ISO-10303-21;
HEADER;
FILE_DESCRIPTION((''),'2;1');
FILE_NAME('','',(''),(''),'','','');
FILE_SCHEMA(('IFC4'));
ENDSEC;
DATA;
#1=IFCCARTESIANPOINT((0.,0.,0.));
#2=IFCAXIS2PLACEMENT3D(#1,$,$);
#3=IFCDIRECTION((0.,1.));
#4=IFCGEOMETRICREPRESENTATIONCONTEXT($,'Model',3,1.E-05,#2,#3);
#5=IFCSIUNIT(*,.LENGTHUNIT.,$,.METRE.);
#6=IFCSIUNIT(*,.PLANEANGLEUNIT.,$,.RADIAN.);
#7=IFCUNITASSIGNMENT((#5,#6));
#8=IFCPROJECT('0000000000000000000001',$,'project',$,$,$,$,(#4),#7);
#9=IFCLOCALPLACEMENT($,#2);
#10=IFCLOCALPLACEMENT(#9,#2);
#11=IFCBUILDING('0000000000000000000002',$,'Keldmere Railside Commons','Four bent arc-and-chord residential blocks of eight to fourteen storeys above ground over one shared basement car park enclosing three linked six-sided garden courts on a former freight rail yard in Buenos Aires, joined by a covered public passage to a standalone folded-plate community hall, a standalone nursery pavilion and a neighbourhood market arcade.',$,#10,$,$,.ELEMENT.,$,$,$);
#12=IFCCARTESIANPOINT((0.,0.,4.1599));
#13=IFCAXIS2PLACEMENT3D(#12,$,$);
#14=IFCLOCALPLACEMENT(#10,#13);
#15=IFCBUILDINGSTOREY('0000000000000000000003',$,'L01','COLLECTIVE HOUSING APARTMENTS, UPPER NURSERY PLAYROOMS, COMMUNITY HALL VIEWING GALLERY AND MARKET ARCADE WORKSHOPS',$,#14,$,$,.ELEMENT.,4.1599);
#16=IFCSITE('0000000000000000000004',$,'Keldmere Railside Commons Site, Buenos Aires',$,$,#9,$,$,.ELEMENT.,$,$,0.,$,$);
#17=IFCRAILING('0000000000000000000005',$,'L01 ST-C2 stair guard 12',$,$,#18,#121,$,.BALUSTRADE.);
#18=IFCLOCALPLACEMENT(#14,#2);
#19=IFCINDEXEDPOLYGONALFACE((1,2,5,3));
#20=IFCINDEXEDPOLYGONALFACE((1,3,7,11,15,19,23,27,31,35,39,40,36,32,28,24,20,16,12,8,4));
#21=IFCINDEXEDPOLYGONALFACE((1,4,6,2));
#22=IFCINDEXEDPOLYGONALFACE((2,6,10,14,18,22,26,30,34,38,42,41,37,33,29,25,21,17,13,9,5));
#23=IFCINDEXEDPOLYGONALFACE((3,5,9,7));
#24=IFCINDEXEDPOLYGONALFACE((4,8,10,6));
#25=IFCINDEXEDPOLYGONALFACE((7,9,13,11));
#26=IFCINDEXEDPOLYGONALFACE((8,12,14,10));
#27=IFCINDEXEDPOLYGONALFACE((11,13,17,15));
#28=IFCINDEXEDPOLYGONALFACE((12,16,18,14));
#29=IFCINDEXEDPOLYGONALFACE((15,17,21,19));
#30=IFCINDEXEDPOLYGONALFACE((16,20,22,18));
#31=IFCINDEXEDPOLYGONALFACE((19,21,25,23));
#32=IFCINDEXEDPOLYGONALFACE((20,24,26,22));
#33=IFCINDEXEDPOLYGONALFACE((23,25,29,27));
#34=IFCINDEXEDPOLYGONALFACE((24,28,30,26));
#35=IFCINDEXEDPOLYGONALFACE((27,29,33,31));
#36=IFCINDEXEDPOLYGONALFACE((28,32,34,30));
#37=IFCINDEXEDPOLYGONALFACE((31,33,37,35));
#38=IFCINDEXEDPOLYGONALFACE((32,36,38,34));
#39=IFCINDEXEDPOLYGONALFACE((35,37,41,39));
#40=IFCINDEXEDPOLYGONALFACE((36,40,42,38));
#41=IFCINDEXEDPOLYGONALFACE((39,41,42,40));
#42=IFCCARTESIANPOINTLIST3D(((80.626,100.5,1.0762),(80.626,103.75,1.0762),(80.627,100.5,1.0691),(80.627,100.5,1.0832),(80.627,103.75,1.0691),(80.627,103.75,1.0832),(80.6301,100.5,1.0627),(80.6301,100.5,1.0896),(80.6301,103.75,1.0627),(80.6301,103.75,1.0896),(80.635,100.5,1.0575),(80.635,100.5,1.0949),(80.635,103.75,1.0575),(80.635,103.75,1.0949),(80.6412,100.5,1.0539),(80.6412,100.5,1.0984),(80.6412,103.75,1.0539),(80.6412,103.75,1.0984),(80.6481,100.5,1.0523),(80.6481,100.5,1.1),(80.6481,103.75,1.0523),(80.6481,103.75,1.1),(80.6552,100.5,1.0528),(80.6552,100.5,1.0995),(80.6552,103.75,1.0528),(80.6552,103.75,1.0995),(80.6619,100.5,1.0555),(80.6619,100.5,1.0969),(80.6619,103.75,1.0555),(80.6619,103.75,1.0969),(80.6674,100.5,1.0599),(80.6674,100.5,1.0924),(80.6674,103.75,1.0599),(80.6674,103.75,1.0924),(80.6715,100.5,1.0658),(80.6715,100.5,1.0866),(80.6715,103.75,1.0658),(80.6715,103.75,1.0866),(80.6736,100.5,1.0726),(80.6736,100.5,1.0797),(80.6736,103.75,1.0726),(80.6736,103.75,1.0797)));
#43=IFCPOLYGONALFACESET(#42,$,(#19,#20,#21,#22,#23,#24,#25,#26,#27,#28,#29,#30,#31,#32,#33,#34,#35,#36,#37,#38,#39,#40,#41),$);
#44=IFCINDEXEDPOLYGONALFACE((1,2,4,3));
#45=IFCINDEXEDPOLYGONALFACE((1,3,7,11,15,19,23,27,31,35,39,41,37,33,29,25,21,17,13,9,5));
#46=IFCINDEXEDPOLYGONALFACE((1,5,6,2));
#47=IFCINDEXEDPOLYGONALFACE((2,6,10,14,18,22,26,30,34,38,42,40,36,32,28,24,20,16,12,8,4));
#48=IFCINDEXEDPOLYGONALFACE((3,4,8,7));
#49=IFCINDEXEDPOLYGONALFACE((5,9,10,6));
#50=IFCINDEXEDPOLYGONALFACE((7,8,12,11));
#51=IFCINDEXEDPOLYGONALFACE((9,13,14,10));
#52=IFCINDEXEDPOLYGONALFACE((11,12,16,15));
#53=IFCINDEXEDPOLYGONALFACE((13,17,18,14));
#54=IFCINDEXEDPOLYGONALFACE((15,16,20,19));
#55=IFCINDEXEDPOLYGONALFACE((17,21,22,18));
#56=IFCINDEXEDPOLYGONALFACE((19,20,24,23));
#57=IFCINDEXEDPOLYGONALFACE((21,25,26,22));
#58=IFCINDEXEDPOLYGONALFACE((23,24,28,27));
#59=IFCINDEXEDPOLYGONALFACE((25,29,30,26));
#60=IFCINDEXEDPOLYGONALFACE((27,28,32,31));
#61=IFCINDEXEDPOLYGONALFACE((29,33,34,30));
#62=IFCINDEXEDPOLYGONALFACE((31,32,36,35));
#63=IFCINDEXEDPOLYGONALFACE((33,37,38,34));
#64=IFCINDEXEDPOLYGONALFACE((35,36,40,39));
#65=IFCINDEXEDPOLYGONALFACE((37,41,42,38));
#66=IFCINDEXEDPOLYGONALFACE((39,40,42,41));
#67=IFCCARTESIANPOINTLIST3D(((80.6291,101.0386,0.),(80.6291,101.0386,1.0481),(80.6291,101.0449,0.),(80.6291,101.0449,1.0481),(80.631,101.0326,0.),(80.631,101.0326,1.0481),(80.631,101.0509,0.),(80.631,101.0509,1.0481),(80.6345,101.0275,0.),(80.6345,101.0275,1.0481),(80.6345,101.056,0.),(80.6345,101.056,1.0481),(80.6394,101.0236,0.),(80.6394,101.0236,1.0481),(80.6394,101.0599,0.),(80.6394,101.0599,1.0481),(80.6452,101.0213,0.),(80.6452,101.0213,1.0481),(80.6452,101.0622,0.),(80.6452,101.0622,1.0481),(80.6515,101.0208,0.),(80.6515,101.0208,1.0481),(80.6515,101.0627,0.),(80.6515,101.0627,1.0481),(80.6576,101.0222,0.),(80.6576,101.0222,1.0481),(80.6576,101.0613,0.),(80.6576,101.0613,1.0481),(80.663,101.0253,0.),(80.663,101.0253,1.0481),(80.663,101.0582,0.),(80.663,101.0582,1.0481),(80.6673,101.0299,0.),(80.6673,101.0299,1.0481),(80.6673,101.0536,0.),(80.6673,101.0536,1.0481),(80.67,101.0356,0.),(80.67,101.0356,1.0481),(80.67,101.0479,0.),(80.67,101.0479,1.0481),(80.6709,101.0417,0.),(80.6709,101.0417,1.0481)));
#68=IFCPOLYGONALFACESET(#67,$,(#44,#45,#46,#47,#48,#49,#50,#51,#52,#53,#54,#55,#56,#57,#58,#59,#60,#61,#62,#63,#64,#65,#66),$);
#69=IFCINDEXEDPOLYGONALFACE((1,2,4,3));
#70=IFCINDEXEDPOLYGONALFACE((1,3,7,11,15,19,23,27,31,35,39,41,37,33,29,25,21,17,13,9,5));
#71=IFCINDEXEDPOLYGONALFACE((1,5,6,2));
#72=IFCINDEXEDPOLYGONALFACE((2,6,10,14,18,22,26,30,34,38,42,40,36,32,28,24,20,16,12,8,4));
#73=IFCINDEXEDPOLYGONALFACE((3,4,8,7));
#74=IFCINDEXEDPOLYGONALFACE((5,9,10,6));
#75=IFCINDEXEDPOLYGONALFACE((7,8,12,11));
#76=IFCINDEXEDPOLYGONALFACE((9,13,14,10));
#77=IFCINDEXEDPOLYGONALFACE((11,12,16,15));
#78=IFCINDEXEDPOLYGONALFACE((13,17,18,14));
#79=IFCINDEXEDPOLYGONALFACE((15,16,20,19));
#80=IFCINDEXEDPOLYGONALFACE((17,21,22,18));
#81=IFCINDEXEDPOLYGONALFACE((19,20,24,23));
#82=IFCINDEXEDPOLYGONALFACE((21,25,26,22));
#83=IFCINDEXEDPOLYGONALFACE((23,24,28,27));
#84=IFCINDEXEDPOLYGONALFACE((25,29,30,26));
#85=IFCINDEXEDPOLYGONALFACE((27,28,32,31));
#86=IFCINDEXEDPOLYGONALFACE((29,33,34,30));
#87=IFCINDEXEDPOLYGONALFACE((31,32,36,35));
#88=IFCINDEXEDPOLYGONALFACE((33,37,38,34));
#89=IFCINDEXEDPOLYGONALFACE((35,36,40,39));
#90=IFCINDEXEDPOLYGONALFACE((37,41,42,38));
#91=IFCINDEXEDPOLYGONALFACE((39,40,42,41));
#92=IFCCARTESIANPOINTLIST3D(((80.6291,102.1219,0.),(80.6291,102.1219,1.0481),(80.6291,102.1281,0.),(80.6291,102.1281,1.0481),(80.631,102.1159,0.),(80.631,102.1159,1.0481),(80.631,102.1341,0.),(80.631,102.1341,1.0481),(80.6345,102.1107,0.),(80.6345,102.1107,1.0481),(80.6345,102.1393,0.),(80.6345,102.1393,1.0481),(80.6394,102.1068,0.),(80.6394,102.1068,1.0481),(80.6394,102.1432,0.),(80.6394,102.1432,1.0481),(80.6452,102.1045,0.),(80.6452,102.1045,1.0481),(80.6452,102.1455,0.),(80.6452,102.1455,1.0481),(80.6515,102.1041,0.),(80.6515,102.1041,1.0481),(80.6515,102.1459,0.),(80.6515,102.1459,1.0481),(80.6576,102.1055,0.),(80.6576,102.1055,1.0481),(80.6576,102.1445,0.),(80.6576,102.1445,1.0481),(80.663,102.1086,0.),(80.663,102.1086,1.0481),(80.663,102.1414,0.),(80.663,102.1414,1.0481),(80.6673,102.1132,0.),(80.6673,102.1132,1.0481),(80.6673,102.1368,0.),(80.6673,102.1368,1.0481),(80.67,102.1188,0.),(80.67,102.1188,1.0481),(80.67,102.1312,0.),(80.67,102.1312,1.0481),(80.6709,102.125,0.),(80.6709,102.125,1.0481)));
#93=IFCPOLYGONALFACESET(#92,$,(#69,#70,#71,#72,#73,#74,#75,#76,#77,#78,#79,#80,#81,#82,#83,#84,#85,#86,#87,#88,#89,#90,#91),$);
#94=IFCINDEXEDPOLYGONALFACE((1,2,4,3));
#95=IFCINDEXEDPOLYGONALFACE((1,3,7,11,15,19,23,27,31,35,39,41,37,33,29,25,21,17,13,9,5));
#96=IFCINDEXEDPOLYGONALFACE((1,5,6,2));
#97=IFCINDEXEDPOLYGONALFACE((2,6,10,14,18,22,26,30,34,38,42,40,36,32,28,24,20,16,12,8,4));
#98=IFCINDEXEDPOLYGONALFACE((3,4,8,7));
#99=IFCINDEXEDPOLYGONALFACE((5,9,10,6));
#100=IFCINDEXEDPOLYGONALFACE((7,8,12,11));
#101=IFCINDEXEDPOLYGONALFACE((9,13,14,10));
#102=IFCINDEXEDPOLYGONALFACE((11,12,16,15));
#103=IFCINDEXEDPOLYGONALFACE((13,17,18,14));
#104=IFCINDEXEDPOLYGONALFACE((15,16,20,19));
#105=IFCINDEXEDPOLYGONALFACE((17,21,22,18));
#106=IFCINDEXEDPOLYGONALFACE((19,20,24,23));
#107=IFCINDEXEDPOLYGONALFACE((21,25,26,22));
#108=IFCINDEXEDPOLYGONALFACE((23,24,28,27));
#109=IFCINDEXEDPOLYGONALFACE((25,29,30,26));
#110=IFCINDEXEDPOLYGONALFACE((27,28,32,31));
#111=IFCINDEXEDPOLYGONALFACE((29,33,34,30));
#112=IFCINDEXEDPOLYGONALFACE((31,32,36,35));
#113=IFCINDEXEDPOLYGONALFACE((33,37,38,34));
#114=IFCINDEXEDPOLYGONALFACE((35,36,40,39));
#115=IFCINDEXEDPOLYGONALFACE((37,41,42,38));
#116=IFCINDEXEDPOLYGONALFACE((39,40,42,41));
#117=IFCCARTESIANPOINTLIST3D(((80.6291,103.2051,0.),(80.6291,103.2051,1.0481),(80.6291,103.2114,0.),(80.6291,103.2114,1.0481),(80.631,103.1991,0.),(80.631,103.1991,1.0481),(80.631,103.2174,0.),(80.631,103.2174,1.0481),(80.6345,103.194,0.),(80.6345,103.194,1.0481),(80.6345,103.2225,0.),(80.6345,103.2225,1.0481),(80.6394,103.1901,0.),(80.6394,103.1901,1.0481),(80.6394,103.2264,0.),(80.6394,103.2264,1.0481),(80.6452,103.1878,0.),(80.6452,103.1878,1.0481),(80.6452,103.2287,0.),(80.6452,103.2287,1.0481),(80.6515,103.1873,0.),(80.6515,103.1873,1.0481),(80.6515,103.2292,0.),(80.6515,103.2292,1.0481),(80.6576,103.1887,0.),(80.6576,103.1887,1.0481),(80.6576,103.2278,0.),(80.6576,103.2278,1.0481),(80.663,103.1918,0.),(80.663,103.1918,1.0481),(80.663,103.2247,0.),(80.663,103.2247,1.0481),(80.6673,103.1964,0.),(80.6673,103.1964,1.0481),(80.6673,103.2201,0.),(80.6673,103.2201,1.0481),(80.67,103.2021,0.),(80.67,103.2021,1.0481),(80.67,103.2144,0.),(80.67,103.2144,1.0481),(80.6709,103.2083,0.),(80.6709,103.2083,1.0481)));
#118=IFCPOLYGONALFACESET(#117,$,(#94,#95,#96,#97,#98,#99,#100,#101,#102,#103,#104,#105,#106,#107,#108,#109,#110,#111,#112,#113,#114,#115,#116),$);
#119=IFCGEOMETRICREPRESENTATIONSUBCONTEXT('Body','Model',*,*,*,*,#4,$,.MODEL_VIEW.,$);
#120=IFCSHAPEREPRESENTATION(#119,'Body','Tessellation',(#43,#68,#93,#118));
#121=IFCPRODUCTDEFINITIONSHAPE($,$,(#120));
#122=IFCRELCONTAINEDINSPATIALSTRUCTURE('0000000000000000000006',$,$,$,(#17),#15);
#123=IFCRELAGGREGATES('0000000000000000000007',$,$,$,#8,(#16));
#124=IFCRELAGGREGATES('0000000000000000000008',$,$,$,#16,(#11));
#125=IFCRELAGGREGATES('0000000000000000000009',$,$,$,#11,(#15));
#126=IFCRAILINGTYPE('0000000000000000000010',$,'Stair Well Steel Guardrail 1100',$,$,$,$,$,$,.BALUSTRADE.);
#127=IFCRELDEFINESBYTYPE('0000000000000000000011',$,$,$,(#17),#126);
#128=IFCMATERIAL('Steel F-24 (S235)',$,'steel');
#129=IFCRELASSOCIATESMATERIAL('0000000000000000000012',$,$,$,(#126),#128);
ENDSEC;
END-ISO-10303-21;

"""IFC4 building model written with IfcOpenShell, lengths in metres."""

from ifc_helpers import new_model, si_unit, direction, frame, origin, origin_2d, place, context, subcontext, project, spatial, circle, extrude, material, type_object, element, save


model = new_model("IFC4")

# Units and contexts
model_context = context("Model", 3, precision=1e-05, world=origin(), true_north=direction((0.0, 1.0)))
body_context = subcontext(model_context, "Body", "Model", "MODEL_VIEW")
ifc_project = project(units=[si_unit("LENGTHUNIT", "METRE"), si_unit("PLANEANGLEUNIT", "RADIAN")], contexts=[model_context])

# Site, building, storey
site_placement = place(None, origin())
site = spatial("IfcSite", under=ifc_project, at=site_placement, Name="Keldmere Railside Commons Site, Buenos Aires", CompositionType="ELEMENT", RefElevation=0.0)
building_placement = place(site_placement, origin())
building = spatial("IfcBuilding", under=site, at=building_placement, Name="Keldmere Railside Commons", Description="Four bent arc-and-chord residential blocks of eight to fourteen storeys above ground over one shared basement car park enclosing three linked six-sided garden courts on a former freight rail yard in Buenos Aires, joined by a covered public passage to a standalone folded-plate community hall, a standalone nursery pavilion and a neighbourhood market arcade.", CompositionType="ELEMENT")
storey_placement = place(building_placement, frame((0.0, 0.0, 4.1599)))
storey = spatial("IfcBuildingStorey", under=building, at=storey_placement, Name="L01", Description="COLLECTIVE HOUSING APARTMENTS, UPPER NURSERY PLAYROOMS, COMMUNITY HALL VIEWING GALLERY AND MARKET ARCADE WORKSHOPS", CompositionType="ELEMENT", Elevation=4.1599)

# Railing
ifc_material_1 = material(Name="Steel F-24 (S235)", Category="steel")
railing_type_1 = type_object("IfcRailingType", Name="Stair Well Steel Guardrail 1100", PredefinedType="BALUSTRADE", material=ifc_material_1)
railing_1_placement = place(storey_placement, frame((80.6499, 100.5, 0.0)))
element("IfcRailing", 1, at=railing_1_placement, inside=storey, type_object=railing_type_1, Name="L01 ST-C2 stair guard 12", PredefinedType="BALUSTRADE", context=body_context, shape_type="SweptSolid", body=[
    extrude(circle(Radius=0.0239, at=origin_2d()), frame((0.0, 0.0, 1.0762), z_axis=(0.0, 1.0, 0.0), x_axis=(-1.0, 0.0, 0.0)), (0.0, 0.0, 1.0), 3.25),
    extrude(circle(Radius=0.021, at=origin_2d()), frame((0.0, 0.5417, 0.0)), (0.0, 0.0, 1.0), 1.0481),
    extrude(circle(Radius=0.021, at=origin_2d()), frame((0.0, 1.625, 0.0)), (0.0, 0.0, 1.0), 1.0481),
    extrude(circle(Radius=0.021, at=origin_2d()), frame((0.0, 2.7083, 0.0)), (0.0, 0.0, 1.0), 1.0481),
])

save(model, "model.ifc")
